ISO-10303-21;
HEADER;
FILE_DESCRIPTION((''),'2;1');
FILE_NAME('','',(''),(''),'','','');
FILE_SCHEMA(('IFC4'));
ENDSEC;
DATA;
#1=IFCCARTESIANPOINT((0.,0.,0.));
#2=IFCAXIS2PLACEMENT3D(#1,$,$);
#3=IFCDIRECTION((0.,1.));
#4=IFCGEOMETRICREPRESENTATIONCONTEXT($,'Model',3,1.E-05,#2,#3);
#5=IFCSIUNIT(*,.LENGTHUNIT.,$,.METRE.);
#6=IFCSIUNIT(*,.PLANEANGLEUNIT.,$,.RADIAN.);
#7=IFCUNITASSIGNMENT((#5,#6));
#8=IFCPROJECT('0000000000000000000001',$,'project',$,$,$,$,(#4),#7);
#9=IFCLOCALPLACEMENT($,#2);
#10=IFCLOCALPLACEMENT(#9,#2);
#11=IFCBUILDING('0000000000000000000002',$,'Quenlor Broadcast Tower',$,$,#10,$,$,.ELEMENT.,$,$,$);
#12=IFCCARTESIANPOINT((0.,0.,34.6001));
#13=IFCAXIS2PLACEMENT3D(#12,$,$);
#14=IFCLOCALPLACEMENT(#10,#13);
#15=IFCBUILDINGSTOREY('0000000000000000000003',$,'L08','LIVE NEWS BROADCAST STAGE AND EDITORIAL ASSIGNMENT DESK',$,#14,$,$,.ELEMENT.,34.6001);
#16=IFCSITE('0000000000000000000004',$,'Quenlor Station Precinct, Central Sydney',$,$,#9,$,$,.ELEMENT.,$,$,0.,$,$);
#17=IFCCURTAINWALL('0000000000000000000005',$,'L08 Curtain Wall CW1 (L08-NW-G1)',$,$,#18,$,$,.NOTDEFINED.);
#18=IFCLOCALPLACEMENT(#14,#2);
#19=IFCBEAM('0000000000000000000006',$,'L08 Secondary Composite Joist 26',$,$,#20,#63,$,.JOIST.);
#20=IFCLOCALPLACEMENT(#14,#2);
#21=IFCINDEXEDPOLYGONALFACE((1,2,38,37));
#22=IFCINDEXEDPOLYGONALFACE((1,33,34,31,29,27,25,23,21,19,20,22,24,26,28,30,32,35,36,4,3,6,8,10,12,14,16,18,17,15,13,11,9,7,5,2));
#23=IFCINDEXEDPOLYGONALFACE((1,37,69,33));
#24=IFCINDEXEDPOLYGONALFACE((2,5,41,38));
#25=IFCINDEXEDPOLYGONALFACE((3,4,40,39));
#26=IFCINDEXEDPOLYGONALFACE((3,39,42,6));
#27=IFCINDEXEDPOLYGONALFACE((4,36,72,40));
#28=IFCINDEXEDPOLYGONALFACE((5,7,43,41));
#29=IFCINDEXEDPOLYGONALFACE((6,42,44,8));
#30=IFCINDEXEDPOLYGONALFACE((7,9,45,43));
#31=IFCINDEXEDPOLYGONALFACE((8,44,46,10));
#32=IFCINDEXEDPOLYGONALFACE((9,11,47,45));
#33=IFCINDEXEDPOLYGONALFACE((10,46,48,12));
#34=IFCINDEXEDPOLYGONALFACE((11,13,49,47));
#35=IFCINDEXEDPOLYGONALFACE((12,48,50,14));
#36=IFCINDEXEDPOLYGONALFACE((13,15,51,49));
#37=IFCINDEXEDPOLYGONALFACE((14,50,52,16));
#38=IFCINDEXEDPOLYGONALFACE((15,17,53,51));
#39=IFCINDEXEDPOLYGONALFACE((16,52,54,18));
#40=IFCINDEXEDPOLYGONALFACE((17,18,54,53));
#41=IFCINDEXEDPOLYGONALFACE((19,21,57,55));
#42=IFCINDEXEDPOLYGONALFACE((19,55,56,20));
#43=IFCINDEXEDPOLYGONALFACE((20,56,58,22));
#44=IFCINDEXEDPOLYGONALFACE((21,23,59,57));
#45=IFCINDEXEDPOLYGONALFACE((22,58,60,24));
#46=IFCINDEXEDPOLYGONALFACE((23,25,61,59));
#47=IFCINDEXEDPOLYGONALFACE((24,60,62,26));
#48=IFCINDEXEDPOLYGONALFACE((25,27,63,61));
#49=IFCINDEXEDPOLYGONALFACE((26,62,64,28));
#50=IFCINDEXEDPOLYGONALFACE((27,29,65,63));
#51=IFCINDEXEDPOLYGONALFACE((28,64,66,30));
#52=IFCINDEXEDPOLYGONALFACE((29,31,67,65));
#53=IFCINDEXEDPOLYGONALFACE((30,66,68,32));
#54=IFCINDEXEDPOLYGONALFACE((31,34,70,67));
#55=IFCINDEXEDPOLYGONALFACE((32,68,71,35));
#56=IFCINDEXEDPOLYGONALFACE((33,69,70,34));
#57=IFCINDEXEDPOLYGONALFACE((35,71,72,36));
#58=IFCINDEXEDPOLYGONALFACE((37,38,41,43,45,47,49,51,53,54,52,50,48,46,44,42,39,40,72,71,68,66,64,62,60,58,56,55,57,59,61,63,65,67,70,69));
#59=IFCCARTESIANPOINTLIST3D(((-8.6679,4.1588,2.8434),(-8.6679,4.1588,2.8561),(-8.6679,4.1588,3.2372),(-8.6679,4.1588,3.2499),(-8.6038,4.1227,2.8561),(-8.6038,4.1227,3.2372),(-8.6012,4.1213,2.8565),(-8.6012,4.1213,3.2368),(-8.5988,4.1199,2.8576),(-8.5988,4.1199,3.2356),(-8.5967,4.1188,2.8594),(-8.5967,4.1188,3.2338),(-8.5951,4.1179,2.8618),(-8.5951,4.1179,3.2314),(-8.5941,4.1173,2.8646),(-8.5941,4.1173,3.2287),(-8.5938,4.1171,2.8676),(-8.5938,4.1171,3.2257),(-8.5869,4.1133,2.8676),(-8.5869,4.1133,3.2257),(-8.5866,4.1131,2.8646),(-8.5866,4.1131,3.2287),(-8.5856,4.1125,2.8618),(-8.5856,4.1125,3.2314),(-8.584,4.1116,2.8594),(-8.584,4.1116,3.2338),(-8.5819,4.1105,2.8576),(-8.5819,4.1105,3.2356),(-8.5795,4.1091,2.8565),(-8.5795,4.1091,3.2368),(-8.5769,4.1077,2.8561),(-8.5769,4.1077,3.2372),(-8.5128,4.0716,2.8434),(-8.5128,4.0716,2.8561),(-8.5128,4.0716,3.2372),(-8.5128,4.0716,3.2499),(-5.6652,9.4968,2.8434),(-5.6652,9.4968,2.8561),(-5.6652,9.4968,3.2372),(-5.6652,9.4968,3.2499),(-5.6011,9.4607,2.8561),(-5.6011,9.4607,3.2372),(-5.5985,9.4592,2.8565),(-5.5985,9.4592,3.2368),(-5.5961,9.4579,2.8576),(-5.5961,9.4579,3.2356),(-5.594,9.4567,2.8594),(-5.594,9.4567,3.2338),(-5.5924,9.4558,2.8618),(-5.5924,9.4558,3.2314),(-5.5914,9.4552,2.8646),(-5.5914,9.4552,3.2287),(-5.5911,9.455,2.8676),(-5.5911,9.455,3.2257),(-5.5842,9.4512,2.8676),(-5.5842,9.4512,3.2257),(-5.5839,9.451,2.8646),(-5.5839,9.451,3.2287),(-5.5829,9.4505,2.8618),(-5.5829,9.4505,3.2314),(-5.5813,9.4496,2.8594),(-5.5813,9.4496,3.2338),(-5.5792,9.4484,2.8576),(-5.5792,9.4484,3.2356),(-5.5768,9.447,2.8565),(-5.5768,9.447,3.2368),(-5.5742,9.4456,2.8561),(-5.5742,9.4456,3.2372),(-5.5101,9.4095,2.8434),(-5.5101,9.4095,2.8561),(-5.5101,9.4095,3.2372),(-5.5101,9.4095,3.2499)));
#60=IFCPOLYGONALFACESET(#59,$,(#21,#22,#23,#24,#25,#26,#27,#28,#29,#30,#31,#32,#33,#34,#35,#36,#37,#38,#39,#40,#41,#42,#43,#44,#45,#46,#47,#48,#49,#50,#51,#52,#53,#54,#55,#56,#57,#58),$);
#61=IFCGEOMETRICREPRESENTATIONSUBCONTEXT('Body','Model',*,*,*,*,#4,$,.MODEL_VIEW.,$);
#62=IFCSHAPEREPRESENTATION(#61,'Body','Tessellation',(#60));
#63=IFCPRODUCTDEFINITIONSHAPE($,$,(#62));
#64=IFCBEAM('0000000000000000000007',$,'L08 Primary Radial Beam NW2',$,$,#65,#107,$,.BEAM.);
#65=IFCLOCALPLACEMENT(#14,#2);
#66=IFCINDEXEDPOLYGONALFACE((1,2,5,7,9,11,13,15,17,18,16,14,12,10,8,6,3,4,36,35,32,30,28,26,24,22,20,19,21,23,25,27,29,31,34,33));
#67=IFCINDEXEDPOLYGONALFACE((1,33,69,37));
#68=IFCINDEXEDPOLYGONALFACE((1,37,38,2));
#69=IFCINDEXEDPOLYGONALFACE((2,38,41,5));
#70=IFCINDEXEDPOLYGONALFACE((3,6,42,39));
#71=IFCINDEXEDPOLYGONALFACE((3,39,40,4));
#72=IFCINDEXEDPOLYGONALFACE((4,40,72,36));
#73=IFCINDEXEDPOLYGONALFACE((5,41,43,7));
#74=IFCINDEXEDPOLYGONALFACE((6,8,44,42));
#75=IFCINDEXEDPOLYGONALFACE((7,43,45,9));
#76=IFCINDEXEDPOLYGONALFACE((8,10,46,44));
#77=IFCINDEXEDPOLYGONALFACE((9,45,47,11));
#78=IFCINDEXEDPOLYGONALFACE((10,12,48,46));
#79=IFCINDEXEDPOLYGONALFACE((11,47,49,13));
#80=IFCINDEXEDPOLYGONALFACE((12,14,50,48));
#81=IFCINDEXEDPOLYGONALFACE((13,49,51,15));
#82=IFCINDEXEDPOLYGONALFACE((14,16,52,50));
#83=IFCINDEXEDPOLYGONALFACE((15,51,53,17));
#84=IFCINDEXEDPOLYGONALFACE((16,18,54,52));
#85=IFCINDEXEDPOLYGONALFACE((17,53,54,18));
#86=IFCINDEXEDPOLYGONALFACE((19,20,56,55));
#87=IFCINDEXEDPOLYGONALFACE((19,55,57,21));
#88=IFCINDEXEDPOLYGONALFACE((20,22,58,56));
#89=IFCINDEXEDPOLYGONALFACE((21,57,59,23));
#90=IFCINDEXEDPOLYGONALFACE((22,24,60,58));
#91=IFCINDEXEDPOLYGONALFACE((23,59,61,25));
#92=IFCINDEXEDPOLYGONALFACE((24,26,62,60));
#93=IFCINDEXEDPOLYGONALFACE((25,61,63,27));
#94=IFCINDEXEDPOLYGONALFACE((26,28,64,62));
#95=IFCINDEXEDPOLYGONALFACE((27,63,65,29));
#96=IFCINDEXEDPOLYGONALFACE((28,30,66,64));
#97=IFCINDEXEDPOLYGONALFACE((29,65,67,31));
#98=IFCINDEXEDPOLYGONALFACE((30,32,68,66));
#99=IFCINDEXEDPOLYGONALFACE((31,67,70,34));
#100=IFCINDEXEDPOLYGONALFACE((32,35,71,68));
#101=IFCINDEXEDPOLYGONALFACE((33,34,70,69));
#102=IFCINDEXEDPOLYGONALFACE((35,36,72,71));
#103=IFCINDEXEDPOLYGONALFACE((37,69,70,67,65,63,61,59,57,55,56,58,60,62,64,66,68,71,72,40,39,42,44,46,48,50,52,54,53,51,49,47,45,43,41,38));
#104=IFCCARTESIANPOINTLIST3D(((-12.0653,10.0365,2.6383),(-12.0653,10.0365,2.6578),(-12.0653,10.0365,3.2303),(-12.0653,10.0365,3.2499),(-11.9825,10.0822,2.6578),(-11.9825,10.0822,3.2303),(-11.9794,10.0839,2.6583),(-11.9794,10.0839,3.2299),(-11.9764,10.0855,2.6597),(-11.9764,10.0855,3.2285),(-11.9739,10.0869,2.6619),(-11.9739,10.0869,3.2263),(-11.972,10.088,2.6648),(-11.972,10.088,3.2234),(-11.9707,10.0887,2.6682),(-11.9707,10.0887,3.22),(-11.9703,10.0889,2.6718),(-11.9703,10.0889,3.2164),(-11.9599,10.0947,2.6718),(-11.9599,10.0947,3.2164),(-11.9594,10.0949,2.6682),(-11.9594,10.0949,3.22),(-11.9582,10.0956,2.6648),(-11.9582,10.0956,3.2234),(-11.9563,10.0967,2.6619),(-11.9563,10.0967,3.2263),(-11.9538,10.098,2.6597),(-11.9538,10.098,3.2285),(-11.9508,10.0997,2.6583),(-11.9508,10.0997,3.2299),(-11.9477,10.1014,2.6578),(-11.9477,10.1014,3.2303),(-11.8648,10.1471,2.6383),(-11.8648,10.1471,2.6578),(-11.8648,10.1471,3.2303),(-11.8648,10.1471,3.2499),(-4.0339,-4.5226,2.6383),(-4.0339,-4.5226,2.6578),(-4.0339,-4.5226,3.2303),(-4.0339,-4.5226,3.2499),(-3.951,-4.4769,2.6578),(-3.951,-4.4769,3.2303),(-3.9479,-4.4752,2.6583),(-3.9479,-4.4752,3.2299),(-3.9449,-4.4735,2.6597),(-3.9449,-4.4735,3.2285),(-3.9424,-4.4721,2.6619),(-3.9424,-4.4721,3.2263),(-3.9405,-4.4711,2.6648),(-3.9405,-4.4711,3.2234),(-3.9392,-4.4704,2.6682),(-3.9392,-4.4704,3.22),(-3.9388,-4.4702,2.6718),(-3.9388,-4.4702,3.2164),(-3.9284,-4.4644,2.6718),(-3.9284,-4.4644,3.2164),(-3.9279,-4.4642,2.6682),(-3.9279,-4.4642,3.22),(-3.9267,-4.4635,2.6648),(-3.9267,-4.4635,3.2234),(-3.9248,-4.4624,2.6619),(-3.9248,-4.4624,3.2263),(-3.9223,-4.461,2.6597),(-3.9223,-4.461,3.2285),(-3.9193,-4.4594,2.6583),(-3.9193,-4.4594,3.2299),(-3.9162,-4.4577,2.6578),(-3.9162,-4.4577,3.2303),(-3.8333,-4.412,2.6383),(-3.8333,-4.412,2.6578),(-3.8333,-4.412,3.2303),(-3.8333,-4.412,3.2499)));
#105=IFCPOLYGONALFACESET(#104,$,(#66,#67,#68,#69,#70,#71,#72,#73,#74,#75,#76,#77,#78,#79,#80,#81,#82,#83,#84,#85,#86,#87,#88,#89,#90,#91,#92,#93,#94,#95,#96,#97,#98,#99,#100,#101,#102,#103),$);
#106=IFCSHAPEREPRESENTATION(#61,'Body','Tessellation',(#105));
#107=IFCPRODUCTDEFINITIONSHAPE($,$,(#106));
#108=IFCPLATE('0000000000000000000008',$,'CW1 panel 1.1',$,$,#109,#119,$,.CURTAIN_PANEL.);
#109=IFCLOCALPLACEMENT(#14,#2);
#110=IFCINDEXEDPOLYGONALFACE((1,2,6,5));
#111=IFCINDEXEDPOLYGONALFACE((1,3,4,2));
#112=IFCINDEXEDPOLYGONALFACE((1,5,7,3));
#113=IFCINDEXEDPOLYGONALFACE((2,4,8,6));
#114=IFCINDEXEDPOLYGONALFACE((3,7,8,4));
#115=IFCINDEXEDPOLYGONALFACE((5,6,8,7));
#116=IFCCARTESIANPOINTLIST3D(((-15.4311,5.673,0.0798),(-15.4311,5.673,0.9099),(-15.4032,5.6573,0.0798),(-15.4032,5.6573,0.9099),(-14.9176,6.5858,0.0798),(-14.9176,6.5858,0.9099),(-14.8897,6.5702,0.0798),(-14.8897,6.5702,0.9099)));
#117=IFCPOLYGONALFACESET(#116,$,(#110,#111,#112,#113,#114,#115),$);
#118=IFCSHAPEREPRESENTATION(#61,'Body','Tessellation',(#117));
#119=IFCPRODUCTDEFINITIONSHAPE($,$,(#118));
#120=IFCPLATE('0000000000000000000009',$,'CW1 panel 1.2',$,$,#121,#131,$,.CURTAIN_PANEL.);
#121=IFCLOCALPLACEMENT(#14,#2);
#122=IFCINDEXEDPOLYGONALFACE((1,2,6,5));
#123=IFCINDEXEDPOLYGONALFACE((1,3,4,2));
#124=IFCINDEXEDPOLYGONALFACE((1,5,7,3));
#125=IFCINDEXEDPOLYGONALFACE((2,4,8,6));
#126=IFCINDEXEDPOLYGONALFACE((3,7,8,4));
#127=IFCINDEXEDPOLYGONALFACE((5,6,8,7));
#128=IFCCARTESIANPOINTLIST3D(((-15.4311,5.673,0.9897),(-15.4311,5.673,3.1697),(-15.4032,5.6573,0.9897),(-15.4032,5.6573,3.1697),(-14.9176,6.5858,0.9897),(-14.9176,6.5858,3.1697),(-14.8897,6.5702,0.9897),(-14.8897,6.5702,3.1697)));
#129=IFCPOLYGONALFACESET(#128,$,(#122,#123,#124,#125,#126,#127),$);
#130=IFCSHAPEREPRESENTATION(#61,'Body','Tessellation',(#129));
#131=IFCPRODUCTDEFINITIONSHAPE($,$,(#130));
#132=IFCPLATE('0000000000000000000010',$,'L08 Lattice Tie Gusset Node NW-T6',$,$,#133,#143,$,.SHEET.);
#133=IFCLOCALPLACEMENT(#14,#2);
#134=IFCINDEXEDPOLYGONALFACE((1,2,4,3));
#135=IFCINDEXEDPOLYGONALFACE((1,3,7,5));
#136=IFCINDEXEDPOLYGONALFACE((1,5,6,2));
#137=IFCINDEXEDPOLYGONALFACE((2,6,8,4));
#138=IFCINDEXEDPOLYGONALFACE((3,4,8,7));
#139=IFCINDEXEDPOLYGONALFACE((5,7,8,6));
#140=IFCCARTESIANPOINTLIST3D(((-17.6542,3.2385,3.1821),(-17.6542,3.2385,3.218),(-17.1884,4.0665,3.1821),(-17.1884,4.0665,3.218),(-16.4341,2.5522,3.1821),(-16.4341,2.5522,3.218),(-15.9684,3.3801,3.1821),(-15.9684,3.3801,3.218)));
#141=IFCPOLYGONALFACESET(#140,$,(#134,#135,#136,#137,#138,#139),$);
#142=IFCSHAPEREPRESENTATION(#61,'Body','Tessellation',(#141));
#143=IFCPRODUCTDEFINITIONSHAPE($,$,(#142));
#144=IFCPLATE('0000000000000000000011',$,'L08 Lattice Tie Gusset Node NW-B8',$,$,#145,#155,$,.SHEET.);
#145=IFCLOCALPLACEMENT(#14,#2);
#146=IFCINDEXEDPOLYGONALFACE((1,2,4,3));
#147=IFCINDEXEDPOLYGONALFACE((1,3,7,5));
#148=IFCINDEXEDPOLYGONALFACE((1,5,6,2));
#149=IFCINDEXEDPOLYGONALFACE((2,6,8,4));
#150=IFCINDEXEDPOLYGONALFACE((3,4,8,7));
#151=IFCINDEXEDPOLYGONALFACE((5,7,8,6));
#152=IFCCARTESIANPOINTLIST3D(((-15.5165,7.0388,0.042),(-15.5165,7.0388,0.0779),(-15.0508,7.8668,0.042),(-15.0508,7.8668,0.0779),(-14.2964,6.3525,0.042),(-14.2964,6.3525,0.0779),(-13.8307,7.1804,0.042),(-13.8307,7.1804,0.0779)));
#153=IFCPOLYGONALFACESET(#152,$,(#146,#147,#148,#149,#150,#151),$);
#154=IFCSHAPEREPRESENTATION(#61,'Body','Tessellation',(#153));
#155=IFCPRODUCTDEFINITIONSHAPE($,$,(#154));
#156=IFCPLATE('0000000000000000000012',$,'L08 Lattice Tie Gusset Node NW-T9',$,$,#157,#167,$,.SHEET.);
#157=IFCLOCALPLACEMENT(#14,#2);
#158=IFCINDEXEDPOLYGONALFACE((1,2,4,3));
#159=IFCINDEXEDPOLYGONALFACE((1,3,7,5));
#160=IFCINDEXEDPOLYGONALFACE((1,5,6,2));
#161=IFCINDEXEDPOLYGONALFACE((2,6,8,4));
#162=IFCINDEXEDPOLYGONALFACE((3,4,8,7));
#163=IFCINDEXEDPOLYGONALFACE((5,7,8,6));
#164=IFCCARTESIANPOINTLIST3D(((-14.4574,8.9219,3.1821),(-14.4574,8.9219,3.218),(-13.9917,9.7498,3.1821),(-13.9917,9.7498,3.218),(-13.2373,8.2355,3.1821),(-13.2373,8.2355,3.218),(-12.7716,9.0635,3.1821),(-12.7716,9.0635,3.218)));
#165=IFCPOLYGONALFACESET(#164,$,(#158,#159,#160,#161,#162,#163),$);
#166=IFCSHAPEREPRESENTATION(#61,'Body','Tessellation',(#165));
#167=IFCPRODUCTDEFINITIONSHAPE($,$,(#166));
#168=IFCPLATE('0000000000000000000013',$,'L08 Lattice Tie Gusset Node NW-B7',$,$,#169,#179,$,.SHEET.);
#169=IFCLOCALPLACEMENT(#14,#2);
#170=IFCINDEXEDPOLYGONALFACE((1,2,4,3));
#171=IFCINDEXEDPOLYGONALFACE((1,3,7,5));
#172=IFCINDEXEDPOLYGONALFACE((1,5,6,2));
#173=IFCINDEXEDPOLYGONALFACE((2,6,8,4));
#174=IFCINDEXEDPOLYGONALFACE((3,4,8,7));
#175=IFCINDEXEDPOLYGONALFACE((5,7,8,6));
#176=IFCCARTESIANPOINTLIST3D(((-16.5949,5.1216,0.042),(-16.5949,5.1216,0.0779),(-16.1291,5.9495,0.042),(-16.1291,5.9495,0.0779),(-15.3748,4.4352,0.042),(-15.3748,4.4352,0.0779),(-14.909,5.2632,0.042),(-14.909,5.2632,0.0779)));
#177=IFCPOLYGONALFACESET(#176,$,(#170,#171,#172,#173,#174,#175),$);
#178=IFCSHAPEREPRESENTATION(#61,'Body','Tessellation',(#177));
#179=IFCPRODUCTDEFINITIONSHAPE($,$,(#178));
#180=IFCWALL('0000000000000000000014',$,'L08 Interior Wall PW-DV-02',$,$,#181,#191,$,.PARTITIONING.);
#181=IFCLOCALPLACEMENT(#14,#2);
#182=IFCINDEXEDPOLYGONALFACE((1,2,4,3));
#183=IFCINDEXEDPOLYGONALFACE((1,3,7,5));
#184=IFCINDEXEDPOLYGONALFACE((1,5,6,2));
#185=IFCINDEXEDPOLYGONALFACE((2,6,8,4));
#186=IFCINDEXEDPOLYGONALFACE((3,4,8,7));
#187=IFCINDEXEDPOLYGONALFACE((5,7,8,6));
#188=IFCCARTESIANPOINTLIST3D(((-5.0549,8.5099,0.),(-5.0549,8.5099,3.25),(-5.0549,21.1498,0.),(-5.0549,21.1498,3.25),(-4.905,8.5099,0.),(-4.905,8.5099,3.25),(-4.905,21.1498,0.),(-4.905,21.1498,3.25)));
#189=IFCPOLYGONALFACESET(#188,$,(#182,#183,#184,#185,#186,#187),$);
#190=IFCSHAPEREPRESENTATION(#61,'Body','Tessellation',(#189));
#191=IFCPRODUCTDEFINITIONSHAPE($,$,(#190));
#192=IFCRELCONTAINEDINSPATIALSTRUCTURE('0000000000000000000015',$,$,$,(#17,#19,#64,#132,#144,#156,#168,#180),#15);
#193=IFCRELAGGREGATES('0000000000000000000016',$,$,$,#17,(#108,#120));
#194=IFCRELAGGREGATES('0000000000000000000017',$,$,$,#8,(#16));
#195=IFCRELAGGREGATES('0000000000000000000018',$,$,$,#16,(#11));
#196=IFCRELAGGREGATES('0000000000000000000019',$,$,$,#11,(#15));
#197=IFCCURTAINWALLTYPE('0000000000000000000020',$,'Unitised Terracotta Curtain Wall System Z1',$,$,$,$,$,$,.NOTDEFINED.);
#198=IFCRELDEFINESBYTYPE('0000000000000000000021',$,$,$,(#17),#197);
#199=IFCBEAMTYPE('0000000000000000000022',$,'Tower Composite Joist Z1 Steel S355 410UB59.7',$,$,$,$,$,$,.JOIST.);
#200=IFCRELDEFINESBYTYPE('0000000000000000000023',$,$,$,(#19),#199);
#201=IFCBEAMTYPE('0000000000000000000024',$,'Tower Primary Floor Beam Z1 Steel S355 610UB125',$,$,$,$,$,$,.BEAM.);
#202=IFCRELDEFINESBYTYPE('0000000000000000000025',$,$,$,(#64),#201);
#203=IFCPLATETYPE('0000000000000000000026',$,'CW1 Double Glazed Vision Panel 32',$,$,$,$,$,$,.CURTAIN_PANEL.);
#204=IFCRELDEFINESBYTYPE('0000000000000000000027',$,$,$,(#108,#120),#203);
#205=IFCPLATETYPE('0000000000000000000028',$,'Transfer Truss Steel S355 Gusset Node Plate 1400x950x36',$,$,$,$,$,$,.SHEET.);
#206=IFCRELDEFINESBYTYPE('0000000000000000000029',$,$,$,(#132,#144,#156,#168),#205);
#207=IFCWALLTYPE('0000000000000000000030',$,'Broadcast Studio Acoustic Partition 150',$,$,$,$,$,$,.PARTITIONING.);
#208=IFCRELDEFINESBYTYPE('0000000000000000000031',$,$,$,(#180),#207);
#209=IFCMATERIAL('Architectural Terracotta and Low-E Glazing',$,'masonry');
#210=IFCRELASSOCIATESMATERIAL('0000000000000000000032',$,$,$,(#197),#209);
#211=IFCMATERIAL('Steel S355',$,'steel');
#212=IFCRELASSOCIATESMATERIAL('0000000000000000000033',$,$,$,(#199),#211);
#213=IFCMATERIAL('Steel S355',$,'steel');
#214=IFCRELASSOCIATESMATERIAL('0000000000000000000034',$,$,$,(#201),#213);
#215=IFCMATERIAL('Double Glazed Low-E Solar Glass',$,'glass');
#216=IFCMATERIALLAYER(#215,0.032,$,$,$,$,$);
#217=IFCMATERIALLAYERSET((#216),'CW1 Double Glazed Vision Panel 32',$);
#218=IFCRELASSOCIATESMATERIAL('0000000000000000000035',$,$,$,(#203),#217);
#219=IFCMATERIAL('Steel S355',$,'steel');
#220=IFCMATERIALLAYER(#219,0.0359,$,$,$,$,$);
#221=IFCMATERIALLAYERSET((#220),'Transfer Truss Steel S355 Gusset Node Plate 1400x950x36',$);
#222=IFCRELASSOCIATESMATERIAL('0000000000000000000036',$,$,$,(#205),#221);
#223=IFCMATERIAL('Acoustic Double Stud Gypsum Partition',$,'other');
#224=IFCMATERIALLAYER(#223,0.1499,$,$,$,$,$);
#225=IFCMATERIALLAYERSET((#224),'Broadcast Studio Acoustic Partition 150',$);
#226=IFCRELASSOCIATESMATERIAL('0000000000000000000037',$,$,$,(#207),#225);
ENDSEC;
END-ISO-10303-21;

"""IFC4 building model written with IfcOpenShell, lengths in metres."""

from ifc_helpers import new_model, si_unit, direction, frame, frame_2d, origin, origin_2d, place, context, subcontext, project, spatial, rectangle, i_section, extrude, material, layer, layer_set, material_profile, profile_set, type_object, element, aggregate, save


model = new_model("IFC4")

# Units and contexts
model_context = context("Model", 3, precision=1e-05, world=origin(), true_north=direction((0.0, 1.0)))
body_context = subcontext(model_context, "Body", "Model", "MODEL_VIEW")
ifc_project = project(units=[si_unit("LENGTHUNIT", "METRE"), si_unit("PLANEANGLEUNIT", "RADIAN")], contexts=[model_context])

# Site, building, storey
site_placement = place(None, origin())
site = spatial("IfcSite", under=ifc_project, at=site_placement, Name="Quenlor Station Precinct, Central Sydney", CompositionType="ELEMENT", RefElevation=0.0)
building_placement = place(site_placement, origin())
building = spatial("IfcBuilding", under=site, at=building_placement, Name="Quenlor Broadcast Tower", CompositionType="ELEMENT")
storey_placement = place(building_placement, frame((0.0, 0.0, 34.6001)))
storey = spatial("IfcBuildingStorey", under=building, at=storey_placement, Name="L08", Description="LIVE NEWS BROADCAST STAGE AND EDITORIAL ASSIGNMENT DESK", CompositionType="ELEMENT", Elevation=34.6001)

# Curtain wall
ifc_material_1 = material(Name="Architectural Terracotta and Low-E Glazing", Category="masonry")
curtain_wall_type = type_object("IfcCurtainWallType", Name="Unitised Terracotta Curtain Wall System Z1", PredefinedType="NOTDEFINED", material=ifc_material_1)
curtain_wall_placement = place(storey_placement, origin())
curtain_wall = element("IfcCurtainWall", 1, at=curtain_wall_placement, inside=storey, type_object=curtain_wall_type, Name="L08 Curtain Wall CW1 (L08-NW-G1)", PredefinedType="NOTDEFINED")

# Beams
ifc_material_2 = material(Name="Steel S355", Category="steel")
ifc_material_profile_1 = material_profile(ifc_material_2, i_section(OverallWidth=0.178, OverallDepth=0.4065, WebThickness=0.0078, FlangeThickness=0.0127, FilletRadius=0.0115, at=origin_2d()))
ifc_profile_set_1 = profile_set([ifc_material_profile_1], Name="Steel S355 410UB59.7")
beam_type_1 = type_object("IfcBeamType", Name="Tower Composite Joist Z1 Steel S355 410UB59.7", PredefinedType="JOIST", material=ifc_profile_set_1)
beam_1_placement = place(storey_placement, frame((-5.5876, 9.4531, 3.0466), z_axis=(-0.490276, -0.871567, 0.0), x_axis=(0.871567, -0.490276, 0.0)))
element("IfcBeam", 2, at=beam_1_placement, inside=storey, type_object=beam_type_1, Name="L08 Secondary Composite Joist 26", PredefinedType="JOIST", context=body_context, shape_type="SweptSolid", body=[
    extrude(i_section(OverallWidth=0.178, OverallDepth=0.4065, WebThickness=0.0078, FlangeThickness=0.0127, FilletRadius=0.0115, at=origin_2d()), origin(), (0.0, 0.0, 1.0), 6.1245),
])
ifc_material_3 = material(Name="Steel S355", Category="steel")
ifc_material_profile_2 = material_profile(ifc_material_3, i_section(OverallWidth=0.229, OverallDepth=0.6116, WebThickness=0.012, FlangeThickness=0.0195, FilletRadius=0.0139, at=origin_2d()))
ifc_profile_set_2 = profile_set([ifc_material_profile_2], Name="Steel S355 610UB125")
beam_type_2 = type_object("IfcBeamType", Name="Tower Primary Floor Beam Z1 Steel S355 610UB125", PredefinedType="BEAM", material=ifc_profile_set_2)
beam_2_placement = place(storey_placement, frame((-11.9651, 10.0918, 2.9441), z_axis=(0.483026, -0.875606, 0.0), x_axis=(0.875606, 0.483026, 0.0)))
element("IfcBeam", 3, at=beam_2_placement, inside=storey, type_object=beam_type_2, Name="L08 Primary Radial Beam NW2", PredefinedType="BEAM", context=body_context, shape_type="SweptSolid", body=[
    extrude(i_section(OverallWidth=0.229, OverallDepth=0.6116, WebThickness=0.012, FlangeThickness=0.0195, FilletRadius=0.0139, at=origin_2d()), origin(), (0.0, 0.0, 1.0), 16.6274),
])

# Plates
ifc_material_4 = material(Name="Double Glazed Low-E Solar Glass", Category="glass")
ifc_layer_1 = layer(ifc_material_4, 0.032)
ifc_layer_set_1 = layer_set([ifc_layer_1], Name="CW1 Double Glazed Vision Panel 32")
plate_type_1 = type_object("IfcPlateType", Name="CW1 Double Glazed Vision Panel 32", PredefinedType="CURTAIN_PANEL", material=ifc_layer_set_1)
plate_1_placement = place(storey_placement, frame((-15.1604, 6.1216, 0.0798), z_axis=(0.0, 0.0, 1.0), x_axis=(0.490277, 0.871567, 0.0)))
plate_1 = element("IfcPlate", 4, at=plate_1_placement, type_object=plate_type_1, Name="CW1 panel 1.1", PredefinedType="CURTAIN_PANEL", context=body_context, shape_type="SweptSolid", body=[
    extrude(rectangle(XDim=1.0474, YDim=0.032, at=origin_2d()), origin(), (0.0, 0.0, 1.0), 0.8301),
])
plate_2_placement = place(storey_placement, frame((-15.1604, 6.1216, 0.9897), z_axis=(0.0, 0.0, 1.0), x_axis=(0.490277, 0.871567, 0.0)))
plate_2 = element("IfcPlate", 5, at=plate_2_placement, type_object=plate_type_1, Name="CW1 panel 1.2", PredefinedType="CURTAIN_PANEL", context=body_context, shape_type="SweptSolid", body=[
    extrude(rectangle(XDim=1.0474, YDim=0.032, at=origin_2d()), origin(), (0.0, 0.0, 1.0), 2.1799),
])
aggregate(curtain_wall, [plate_1, plate_2])

# Plates
ifc_material_5 = material(Name="Steel S355", Category="steel")
ifc_layer_2 = layer(ifc_material_5, 0.0359)
ifc_layer_set_2 = layer_set([ifc_layer_2], Name="Transfer Truss Steel S355 Gusset Node Plate 1400x950x36")
plate_type_2 = type_object("IfcPlateType", Name="Transfer Truss Steel S355 Gusset Node Plate 1400x950x36", PredefinedType="SHEET", material=ifc_layer_set_2)
for number, where, z_axis, x_axis, name in (
    (6, (-16.8113, 3.3093, 3.1821), (0.0, 0.0, 1.0), (-0.871556, 0.490295, 0.0), "L08 Lattice Tie Gusset Node NW-T6"),
    (7, (-14.6736, 7.1096, 0.042), (0.0, 0.0, 1.0), (-0.871556, 0.490295, 0.0), "L08 Lattice Tie Gusset Node NW-B8"),
    (8, (-13.6145, 8.9927, 3.1821), (0.0, 0.0, 1.0), (-0.871556, 0.490295, 0.0), "L08 Lattice Tie Gusset Node NW-T9"),
    (9, (-15.752, 5.1924, 0.042), (0.0, 0.0, 1.0), (-0.871556, 0.490295, 0.0), "L08 Lattice Tie Gusset Node NW-B7"),
):
    element("IfcPlate", number, at=place(storey_placement, frame(where, z_axis=z_axis, x_axis=x_axis)), inside=storey, type_object=plate_type_2, Name=name, PredefinedType="SHEET", context=body_context, shape_type="SweptSolid", body=[
        extrude(rectangle(XDim=1.3999, YDim=0.95, at=origin_2d()), origin(), (0.0, 0.0, 1.0), 0.0359),
    ])

# Wall
ifc_material_6 = material(Name="Acoustic Double Stud Gypsum Partition", Category="other")
ifc_layer_3 = layer(ifc_material_6, 0.1499)
ifc_layer_set_3 = layer_set([ifc_layer_3], Name="Broadcast Studio Acoustic Partition 150")
wall_type_1 = type_object("IfcWallType", Name="Broadcast Studio Acoustic Partition 150", PredefinedType="PARTITIONING", material=ifc_layer_set_3)
wall_1_placement = place(storey_placement, frame((-4.98, 8.51, 0.0), z_axis=(0.0, 0.0, 1.0), x_axis=(0.0, 1.0, 0.0)))
element("IfcWall", 10, at=wall_1_placement, inside=storey, type_object=wall_type_1, Name="L08 Interior Wall PW-DV-02", PredefinedType="PARTITIONING", context=body_context, shape_type="SweptSolid", body=[
    extrude(rectangle(XDim=12.6399, YDim=0.1499, at=frame_2d((6.3198, 0.0))), origin(), (0.0, 0.0, 1.0), 3.25),
])

save(model, "model.ifc")
